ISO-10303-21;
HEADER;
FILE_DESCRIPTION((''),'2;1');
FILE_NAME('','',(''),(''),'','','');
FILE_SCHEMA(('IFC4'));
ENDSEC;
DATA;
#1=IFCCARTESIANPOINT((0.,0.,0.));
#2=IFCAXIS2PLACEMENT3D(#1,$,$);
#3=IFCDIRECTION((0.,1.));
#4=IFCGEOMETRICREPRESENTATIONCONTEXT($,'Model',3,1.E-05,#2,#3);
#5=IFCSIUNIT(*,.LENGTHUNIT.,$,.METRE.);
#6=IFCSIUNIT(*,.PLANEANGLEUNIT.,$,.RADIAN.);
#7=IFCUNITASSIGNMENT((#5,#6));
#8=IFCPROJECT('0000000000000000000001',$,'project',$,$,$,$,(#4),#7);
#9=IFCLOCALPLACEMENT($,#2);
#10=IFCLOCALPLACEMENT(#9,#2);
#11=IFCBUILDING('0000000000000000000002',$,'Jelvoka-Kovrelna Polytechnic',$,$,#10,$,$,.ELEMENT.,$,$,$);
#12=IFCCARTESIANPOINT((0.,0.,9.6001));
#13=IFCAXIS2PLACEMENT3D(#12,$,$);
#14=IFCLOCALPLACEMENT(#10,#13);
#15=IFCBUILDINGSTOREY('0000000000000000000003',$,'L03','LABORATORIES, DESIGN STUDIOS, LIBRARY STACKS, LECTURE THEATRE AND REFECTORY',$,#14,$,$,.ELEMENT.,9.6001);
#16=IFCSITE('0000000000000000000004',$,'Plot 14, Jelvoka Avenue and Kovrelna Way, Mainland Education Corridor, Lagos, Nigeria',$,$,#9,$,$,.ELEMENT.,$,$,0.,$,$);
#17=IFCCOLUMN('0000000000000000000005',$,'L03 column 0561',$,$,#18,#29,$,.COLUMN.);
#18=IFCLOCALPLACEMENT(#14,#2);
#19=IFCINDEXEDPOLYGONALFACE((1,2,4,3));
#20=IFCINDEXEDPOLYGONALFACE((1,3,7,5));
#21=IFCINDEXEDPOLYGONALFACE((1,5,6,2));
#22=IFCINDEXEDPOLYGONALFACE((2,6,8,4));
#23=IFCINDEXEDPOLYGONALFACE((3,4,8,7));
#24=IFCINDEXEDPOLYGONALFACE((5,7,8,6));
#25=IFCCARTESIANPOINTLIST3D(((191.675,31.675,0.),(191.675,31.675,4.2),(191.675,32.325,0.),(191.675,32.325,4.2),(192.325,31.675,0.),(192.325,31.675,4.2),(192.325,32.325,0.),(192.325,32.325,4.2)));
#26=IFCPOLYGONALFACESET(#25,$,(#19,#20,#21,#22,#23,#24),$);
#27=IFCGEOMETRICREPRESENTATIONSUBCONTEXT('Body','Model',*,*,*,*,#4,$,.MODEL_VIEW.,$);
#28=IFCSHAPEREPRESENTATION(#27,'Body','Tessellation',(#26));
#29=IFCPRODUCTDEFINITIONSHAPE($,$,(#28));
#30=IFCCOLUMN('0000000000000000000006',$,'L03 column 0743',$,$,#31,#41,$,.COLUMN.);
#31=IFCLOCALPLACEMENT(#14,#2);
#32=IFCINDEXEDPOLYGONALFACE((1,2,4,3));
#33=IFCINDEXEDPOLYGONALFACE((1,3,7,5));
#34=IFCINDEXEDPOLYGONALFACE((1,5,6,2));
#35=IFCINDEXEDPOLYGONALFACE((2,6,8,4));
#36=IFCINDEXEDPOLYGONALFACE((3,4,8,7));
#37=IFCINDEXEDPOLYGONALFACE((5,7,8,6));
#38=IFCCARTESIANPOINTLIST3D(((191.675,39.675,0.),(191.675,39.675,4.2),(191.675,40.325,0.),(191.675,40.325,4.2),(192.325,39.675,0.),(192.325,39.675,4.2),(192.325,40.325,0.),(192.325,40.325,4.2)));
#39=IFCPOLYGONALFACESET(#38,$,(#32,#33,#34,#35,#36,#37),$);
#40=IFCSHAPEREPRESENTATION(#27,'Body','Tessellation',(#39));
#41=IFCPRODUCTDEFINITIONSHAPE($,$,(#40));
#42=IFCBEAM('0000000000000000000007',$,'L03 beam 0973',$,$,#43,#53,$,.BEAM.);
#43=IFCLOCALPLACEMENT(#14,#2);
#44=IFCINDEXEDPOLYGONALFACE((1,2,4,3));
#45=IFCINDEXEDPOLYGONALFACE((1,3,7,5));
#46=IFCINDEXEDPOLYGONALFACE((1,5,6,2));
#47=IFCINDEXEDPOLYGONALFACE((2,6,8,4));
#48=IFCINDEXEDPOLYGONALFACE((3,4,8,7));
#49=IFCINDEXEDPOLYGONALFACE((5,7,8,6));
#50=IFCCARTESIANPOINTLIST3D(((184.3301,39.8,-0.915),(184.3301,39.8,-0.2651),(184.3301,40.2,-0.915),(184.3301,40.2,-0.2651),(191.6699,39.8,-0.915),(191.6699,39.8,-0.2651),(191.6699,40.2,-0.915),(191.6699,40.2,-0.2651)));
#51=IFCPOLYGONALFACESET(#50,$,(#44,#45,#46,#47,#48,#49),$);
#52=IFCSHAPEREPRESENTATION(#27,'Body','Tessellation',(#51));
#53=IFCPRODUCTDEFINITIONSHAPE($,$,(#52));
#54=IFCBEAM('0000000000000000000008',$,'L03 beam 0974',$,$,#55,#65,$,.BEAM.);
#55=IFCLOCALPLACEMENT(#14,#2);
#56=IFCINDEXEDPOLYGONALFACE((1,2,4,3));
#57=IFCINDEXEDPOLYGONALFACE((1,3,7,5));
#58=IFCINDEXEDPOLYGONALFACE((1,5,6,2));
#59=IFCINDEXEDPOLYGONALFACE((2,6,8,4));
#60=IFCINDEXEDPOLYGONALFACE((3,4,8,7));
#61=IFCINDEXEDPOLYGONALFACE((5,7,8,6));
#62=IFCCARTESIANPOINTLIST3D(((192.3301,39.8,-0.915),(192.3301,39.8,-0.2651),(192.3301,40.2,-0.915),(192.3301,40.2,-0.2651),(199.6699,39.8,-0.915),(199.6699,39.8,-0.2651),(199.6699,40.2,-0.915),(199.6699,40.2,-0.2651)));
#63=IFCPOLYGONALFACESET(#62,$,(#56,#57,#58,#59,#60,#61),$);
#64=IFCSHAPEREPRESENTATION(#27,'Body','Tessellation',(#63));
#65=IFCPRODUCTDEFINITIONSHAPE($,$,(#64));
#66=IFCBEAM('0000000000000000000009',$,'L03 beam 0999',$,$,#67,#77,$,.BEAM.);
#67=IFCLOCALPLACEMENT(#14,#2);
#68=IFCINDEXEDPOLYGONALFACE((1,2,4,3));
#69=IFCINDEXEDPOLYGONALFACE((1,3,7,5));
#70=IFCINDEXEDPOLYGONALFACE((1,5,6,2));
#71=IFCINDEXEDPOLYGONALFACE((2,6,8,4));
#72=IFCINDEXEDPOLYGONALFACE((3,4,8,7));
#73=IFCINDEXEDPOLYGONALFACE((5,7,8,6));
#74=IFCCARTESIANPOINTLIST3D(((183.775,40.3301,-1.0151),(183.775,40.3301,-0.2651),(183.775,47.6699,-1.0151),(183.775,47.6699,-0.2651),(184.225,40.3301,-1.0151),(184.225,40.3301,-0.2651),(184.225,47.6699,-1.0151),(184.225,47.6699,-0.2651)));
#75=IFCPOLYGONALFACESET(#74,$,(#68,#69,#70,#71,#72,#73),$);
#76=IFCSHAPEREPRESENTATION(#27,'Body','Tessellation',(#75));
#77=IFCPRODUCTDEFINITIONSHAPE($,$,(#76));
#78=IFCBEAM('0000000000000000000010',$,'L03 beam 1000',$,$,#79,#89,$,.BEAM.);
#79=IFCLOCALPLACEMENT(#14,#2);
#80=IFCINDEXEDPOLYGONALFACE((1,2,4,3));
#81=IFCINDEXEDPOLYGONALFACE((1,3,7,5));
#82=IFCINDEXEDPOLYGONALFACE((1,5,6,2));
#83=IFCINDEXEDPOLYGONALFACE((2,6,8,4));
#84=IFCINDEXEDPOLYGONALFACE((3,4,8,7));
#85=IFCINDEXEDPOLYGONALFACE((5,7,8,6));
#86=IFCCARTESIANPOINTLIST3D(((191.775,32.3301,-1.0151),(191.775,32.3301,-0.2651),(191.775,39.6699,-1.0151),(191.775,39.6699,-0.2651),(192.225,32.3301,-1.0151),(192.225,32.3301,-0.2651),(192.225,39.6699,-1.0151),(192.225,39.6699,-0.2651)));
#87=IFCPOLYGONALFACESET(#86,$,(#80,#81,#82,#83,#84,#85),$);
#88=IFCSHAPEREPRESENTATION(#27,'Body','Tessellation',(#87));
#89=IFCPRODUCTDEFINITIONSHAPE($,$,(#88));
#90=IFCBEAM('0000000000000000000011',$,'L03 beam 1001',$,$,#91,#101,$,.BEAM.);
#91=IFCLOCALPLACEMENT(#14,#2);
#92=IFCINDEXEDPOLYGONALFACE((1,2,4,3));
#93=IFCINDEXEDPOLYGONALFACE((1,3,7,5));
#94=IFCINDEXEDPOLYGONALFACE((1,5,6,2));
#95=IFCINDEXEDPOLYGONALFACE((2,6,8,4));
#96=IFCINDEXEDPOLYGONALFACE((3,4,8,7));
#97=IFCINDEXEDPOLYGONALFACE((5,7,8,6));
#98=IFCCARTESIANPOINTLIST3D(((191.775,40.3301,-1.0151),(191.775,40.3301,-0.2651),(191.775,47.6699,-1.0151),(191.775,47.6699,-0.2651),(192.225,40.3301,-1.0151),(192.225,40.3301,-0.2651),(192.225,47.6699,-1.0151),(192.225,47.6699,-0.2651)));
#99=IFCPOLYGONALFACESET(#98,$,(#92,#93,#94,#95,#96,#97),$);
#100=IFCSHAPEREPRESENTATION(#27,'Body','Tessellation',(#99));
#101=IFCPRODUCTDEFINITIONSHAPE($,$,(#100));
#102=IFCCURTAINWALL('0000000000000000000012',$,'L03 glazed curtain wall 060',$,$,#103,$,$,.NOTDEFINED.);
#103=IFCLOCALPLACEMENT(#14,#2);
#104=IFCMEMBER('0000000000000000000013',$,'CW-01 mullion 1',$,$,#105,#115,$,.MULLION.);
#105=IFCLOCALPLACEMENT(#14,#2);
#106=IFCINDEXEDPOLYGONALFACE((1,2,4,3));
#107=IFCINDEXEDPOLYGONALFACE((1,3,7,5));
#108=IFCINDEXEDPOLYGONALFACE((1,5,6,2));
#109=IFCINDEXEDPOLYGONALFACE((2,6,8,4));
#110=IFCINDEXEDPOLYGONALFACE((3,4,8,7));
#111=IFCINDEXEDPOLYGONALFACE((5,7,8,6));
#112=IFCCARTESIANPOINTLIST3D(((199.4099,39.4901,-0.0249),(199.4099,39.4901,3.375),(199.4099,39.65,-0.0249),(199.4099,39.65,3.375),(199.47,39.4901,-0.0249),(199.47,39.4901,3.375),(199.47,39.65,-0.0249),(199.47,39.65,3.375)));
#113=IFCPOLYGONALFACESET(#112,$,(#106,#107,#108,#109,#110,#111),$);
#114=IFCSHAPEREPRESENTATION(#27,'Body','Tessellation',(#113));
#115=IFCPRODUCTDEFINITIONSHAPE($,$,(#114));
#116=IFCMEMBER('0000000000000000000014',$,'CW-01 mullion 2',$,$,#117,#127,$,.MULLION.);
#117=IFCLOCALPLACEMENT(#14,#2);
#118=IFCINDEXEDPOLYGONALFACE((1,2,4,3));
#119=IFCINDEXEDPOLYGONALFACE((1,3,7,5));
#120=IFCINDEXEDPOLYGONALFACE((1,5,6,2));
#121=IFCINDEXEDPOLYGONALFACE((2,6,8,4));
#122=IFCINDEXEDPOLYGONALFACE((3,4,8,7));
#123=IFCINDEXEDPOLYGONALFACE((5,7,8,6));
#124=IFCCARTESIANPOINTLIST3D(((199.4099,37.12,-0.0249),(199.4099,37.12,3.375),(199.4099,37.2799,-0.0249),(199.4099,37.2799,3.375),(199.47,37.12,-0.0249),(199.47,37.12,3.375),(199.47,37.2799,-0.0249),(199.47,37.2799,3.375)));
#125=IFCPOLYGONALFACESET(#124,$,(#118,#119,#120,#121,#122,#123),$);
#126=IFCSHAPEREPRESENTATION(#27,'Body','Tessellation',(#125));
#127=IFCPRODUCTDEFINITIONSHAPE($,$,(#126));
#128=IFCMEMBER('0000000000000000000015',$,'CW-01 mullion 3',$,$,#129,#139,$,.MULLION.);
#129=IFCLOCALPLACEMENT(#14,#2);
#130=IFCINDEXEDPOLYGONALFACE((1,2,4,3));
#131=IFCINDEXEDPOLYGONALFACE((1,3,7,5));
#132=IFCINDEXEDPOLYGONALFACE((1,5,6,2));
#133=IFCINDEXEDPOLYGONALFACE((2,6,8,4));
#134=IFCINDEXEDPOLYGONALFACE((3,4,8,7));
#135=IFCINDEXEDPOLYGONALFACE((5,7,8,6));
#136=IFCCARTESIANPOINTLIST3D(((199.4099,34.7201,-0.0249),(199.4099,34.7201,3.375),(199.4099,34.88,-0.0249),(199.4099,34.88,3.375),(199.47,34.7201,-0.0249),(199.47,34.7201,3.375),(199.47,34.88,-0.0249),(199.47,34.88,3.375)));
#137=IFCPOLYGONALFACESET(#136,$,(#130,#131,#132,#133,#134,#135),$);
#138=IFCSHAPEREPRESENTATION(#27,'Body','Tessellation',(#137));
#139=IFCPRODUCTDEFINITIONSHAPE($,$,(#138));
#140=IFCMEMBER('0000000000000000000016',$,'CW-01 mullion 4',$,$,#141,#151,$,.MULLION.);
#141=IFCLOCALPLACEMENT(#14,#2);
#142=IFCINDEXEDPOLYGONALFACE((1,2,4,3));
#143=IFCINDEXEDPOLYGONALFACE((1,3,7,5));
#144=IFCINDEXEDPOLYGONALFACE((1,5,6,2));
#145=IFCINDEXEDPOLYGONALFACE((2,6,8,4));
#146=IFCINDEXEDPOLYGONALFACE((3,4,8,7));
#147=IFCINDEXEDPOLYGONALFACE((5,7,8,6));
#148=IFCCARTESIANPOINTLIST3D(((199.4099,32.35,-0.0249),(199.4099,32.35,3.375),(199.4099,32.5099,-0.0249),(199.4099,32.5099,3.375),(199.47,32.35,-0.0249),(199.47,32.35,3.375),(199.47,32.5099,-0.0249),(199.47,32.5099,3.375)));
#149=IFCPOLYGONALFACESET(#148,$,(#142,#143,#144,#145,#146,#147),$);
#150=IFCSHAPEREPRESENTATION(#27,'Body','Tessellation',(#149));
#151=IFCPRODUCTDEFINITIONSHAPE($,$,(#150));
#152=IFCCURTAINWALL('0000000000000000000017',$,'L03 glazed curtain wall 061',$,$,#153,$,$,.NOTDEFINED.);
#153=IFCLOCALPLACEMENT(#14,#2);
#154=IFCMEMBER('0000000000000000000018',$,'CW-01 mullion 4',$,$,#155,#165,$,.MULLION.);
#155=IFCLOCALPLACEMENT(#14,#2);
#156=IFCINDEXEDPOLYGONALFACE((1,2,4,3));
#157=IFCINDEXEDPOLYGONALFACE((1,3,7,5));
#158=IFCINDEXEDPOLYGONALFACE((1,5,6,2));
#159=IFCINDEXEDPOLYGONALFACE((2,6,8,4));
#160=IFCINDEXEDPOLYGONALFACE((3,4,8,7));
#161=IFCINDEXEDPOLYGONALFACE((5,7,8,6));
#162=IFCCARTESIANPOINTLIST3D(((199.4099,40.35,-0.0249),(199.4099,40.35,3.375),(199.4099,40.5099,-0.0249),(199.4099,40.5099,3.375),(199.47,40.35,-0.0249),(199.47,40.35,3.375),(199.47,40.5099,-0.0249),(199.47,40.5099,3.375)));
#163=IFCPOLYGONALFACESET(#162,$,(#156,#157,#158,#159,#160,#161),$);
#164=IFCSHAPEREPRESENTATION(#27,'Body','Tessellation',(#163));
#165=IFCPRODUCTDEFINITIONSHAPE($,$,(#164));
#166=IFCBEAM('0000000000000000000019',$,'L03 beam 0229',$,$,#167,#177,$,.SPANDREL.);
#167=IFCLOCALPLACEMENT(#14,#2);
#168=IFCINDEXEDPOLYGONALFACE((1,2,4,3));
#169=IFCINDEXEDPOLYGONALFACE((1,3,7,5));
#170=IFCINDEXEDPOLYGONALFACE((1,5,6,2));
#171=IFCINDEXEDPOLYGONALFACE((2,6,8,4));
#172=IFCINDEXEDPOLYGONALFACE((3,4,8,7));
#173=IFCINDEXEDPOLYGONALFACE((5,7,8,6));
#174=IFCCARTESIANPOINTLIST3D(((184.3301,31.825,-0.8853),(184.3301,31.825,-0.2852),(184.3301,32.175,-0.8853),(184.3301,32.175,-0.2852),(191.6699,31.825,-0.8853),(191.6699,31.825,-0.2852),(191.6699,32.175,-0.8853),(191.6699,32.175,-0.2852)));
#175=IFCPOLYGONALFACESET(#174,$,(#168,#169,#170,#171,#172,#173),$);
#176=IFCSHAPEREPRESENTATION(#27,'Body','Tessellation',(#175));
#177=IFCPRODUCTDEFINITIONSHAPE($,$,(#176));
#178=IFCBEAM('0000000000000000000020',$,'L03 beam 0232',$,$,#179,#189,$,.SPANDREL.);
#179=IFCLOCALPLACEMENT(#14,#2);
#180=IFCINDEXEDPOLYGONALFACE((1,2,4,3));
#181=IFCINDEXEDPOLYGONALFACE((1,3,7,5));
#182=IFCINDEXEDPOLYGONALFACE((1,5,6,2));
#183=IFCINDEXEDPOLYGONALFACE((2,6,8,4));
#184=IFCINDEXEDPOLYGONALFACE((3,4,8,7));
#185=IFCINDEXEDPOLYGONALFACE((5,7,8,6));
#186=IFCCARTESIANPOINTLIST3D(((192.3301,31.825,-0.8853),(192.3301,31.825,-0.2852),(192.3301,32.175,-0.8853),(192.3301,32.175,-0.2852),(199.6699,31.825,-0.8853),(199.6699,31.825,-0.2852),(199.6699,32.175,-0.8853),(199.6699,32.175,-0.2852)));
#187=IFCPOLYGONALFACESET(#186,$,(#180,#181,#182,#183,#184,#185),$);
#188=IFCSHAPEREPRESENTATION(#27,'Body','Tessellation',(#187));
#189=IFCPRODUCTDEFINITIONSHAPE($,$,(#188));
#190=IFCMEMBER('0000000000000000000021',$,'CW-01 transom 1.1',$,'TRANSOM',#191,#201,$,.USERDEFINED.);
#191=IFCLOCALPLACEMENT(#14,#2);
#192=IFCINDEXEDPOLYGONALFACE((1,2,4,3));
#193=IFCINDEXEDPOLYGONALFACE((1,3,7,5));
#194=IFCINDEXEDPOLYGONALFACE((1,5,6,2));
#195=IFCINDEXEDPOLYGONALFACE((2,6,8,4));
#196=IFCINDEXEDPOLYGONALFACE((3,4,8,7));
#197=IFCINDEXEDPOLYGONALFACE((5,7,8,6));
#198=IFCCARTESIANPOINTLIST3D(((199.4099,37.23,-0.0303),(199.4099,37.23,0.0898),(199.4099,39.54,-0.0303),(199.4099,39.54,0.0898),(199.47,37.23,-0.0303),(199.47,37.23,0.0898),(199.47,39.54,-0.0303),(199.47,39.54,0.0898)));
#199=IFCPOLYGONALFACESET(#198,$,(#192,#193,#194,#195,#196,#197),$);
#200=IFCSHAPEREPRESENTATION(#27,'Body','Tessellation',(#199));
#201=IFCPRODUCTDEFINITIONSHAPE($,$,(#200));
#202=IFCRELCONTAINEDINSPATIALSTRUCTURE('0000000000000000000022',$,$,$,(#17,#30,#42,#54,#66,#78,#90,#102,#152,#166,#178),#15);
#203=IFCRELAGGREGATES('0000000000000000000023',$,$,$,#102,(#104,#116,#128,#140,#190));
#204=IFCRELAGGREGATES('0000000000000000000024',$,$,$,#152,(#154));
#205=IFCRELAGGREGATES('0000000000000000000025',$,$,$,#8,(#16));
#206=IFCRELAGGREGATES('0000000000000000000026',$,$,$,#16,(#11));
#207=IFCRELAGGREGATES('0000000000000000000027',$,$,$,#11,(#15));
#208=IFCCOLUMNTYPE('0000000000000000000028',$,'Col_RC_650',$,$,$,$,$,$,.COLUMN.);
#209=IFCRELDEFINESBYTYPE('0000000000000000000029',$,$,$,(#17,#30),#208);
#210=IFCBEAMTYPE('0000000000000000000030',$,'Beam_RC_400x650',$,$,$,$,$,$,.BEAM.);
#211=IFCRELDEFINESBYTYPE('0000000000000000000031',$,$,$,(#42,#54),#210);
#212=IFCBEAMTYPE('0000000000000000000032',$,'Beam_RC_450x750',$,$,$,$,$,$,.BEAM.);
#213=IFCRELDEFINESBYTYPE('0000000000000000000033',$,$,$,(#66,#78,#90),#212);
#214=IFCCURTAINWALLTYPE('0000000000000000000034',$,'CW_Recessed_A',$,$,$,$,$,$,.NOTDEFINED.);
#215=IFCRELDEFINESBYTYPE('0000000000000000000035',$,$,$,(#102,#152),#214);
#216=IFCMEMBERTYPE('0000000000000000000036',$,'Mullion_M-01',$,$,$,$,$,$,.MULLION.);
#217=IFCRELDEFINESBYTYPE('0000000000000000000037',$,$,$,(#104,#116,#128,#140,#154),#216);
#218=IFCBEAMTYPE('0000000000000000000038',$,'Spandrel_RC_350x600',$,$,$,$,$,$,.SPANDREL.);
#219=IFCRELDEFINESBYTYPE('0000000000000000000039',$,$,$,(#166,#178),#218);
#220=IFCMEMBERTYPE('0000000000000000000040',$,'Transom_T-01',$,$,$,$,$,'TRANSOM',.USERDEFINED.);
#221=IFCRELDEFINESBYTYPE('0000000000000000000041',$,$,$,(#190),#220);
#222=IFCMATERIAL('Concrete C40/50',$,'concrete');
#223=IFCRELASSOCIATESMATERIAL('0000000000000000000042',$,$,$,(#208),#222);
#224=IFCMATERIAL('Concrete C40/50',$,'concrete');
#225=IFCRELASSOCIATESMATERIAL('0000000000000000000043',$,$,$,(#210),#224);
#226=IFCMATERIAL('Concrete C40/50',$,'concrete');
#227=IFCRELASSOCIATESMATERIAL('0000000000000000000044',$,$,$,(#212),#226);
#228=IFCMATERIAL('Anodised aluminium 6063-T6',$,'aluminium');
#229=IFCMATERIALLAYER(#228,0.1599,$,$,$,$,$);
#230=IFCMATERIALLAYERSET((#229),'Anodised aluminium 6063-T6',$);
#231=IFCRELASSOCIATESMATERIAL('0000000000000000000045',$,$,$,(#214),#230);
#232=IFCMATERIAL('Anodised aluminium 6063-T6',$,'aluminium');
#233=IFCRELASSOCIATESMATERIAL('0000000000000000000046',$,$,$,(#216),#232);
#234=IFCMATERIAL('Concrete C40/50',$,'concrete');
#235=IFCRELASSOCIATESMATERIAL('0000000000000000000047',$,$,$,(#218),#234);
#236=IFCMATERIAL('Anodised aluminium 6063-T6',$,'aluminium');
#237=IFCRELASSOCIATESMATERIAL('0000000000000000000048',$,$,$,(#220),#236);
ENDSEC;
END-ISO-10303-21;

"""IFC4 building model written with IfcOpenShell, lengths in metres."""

from ifc_helpers import new_model, si_unit, direction, frame, origin, origin_2d, place, context, subcontext, project, spatial, rectangle, extrude, material, layer, layer_set, material_profile, profile_set, type_object, element, aggregate, save


model = new_model("IFC4")

# Units and contexts
model_context = context("Model", 3, precision=1e-05, world=origin(), true_north=direction((0.0, 1.0)))
body_context = subcontext(model_context, "Body", "Model", "MODEL_VIEW")
ifc_project = project(units=[si_unit("LENGTHUNIT", "METRE"), si_unit("PLANEANGLEUNIT", "RADIAN")], contexts=[model_context])

# Site, building, storey
site_placement = place(None, origin())
site = spatial("IfcSite", under=ifc_project, at=site_placement, Name="Plot 14, Jelvoka Avenue and Kovrelna Way, Mainland Education Corridor, Lagos, Nigeria", CompositionType="ELEMENT", RefElevation=0.0)
building_placement = place(site_placement, origin())
building = spatial("IfcBuilding", under=site, at=building_placement, Name="Jelvoka-Kovrelna Polytechnic", CompositionType="ELEMENT")
storey_placement = place(building_placement, frame((0.0, 0.0, 9.6001)))
storey = spatial("IfcBuildingStorey", under=building, at=storey_placement, Name="L03", Description="LABORATORIES, DESIGN STUDIOS, LIBRARY STACKS, LECTURE THEATRE AND REFECTORY", CompositionType="ELEMENT", Elevation=9.6001)

# Columns
ifc_material_1 = material(Name="Concrete C40/50", Category="concrete")
ifc_material_profile_1 = material_profile(ifc_material_1, rectangle(XDim=0.6499, YDim=0.6499, at=origin_2d()), Name="RC 650x650")
ifc_profile_set_1 = profile_set([ifc_material_profile_1], Name="Concrete C40/50")
column_type = type_object("IfcColumnType", Name="Col_RC_650", PredefinedType="COLUMN", material=ifc_profile_set_1)
for number, where, z_axis, x_axis, name in (
    (1, (192.0, 32.0, 0.0), (0.0, 0.0, 1.0), (1.0, 0.0, 0.0), "L03 column 0561"),
    (2, (192.0, 40.0, 0.0), (0.0, 0.0, 1.0), (1.0, 0.0, 0.0), "L03 column 0743"),
):
    element("IfcColumn", number, at=place(storey_placement, frame(where, z_axis=z_axis, x_axis=x_axis)), inside=storey, type_object=column_type, Name=name, PredefinedType="COLUMN", context=body_context, shape_type="SweptSolid", body=[
        extrude(rectangle(XDim=0.6499, YDim=0.6499, at=origin_2d()), origin(), (0.0, 0.0, 1.0), 4.2),
    ])

# Beams
ifc_material_2 = material(Name="Concrete C40/50", Category="concrete")
ifc_material_profile_2 = material_profile(ifc_material_2, rectangle(XDim=0.3999, YDim=0.6499, at=origin_2d()), Name="RC 400x650")
ifc_profile_set_2 = profile_set([ifc_material_profile_2], Name="Concrete C40/50")
beam_type_1 = type_object("IfcBeamType", Name="Beam_RC_400x650", PredefinedType="BEAM", material=ifc_profile_set_2)
for number, where, z_axis, x_axis, name in (
    (3, (184.3301, 40.0, -0.5901), (1.0, 0.0, 0.0), (0.0, 1.0, 0.0), "L03 beam 0973"),
    (4, (192.3301, 40.0, -0.5901), (1.0, 0.0, 0.0), (0.0, 1.0, 0.0), "L03 beam 0974"),
):
    element("IfcBeam", number, at=place(storey_placement, frame(where, z_axis=z_axis, x_axis=x_axis)), inside=storey, type_object=beam_type_1, Name=name, PredefinedType="BEAM", context=body_context, shape_type="SweptSolid", body=[
        extrude(rectangle(XDim=0.3999, YDim=0.6499, at=origin_2d()), origin(), (0.0, 0.0, 1.0), 7.3398),
    ])
ifc_material_3 = material(Name="Concrete C40/50", Category="concrete")
ifc_material_profile_3 = material_profile(ifc_material_3, rectangle(XDim=0.45, YDim=0.75, at=origin_2d()), Name="RC 450x750")
ifc_profile_set_3 = profile_set([ifc_material_profile_3], Name="Concrete C40/50")
beam_type_2 = type_object("IfcBeamType", Name="Beam_RC_450x750", PredefinedType="BEAM", material=ifc_profile_set_3)
for number, where, z_axis, x_axis, name in (
    (5, (184.0, 40.3301, -0.6401), (0.0, 1.0, 0.0), (-1.0, 0.0, 0.0), "L03 beam 0999"),
    (6, (192.0, 32.3301, -0.6401), (0.0, 1.0, 0.0), (-1.0, 0.0, 0.0), "L03 beam 1000"),
    (7, (192.0, 40.3301, -0.6401), (0.0, 1.0, 0.0), (-1.0, 0.0, 0.0), "L03 beam 1001"),
):
    element("IfcBeam", number, at=place(storey_placement, frame(where, z_axis=z_axis, x_axis=x_axis)), inside=storey, type_object=beam_type_2, Name=name, PredefinedType="BEAM", context=body_context, shape_type="SweptSolid", body=[
        extrude(rectangle(XDim=0.45, YDim=0.75, at=origin_2d()), origin(), (0.0, 0.0, 1.0), 7.3398),
    ])

# Curtain wall, members
ifc_material_4 = material(Name="Anodised aluminium 6063-T6", Category="aluminium")
ifc_layer_1 = layer(ifc_material_4, 0.1599)
ifc_layer_set_1 = layer_set([ifc_layer_1], Name="Anodised aluminium 6063-T6")
curtain_wall_type = type_object("IfcCurtainWallType", Name="CW_Recessed_A", PredefinedType="NOTDEFINED", material=ifc_layer_set_1)
curtain_wall_1_placement = place(storey_placement, origin())
curtain_wall_1 = element("IfcCurtainWall", 8, at=curtain_wall_1_placement, inside=storey, type_object=curtain_wall_type, Name="L03 glazed curtain wall 060", PredefinedType="NOTDEFINED")
ifc_material_5 = material(Name="Anodised aluminium 6063-T6", Category="aluminium")
ifc_material_profile_4 = material_profile(ifc_material_5, rectangle(XDim=0.0601, YDim=0.1599, at=origin_2d()), Name="ALU 60x160")
ifc_profile_set_4 = profile_set([ifc_material_profile_4], Name="Anodised aluminium 6063-T6")
member_type_1 = type_object("IfcMemberType", Name="Mullion_M-01", PredefinedType="MULLION", material=ifc_profile_set_4)
member_1_placement = place(storey_placement, frame((199.4399, 39.5701, -0.0249), z_axis=(0.0, 0.0, 1.0), x_axis=(1.0, 0.0, 0.0)))
member_1 = element("IfcMember", 9, at=member_1_placement, type_object=member_type_1, Name="CW-01 mullion 1", PredefinedType="MULLION", context=body_context, shape_type="SweptSolid", body=[
    extrude(rectangle(XDim=0.0601, YDim=0.1599, at=origin_2d()), origin(), (0.0, 0.0, 1.0), 3.3999),
])
member_2_placement = place(storey_placement, frame((199.4399, 37.2, -0.0249), z_axis=(0.0, 0.0, 1.0), x_axis=(1.0, 0.0, 0.0)))
member_2 = element("IfcMember", 10, at=member_2_placement, type_object=member_type_1, Name="CW-01 mullion 2", PredefinedType="MULLION", context=body_context, shape_type="SweptSolid", body=[
    extrude(rectangle(XDim=0.0601, YDim=0.1599, at=origin_2d()), origin(), (0.0, 0.0, 1.0), 3.3999),
])
member_3_placement = place(storey_placement, frame((199.4399, 34.8, -0.0249), z_axis=(0.0, 0.0, 1.0), x_axis=(1.0, 0.0, 0.0)))
member_3 = element("IfcMember", 11, at=member_3_placement, type_object=member_type_1, Name="CW-01 mullion 3", PredefinedType="MULLION", context=body_context, shape_type="SweptSolid", body=[
    extrude(rectangle(XDim=0.0601, YDim=0.1599, at=origin_2d()), origin(), (0.0, 0.0, 1.0), 3.3999),
])
member_4_placement = place(storey_placement, frame((199.4399, 32.4299, -0.0249), z_axis=(0.0, 0.0, 1.0), x_axis=(1.0, 0.0, 0.0)))
member_4 = element("IfcMember", 12, at=member_4_placement, type_object=member_type_1, Name="CW-01 mullion 4", PredefinedType="MULLION", context=body_context, shape_type="SweptSolid", body=[
    extrude(rectangle(XDim=0.0601, YDim=0.1599, at=origin_2d()), origin(), (0.0, 0.0, 1.0), 3.3999),
])

# Curtain wall, member
curtain_wall_2_placement = place(storey_placement, origin())
curtain_wall_2 = element("IfcCurtainWall", 13, at=curtain_wall_2_placement, inside=storey, type_object=curtain_wall_type, Name="L03 glazed curtain wall 061", PredefinedType="NOTDEFINED")
member_5_placement = place(storey_placement, frame((199.4399, 40.4299, -0.0249), z_axis=(0.0, 0.0, 1.0), x_axis=(1.0, 0.0, 0.0)))
member_5 = element("IfcMember", 14, at=member_5_placement, type_object=member_type_1, Name="CW-01 mullion 4", PredefinedType="MULLION", context=body_context, shape_type="SweptSolid", body=[
    extrude(rectangle(XDim=0.0601, YDim=0.1599, at=origin_2d()), origin(), (0.0, 0.0, 1.0), 3.3999),
])

# Beams
ifc_material_6 = material(Name="Concrete C40/50", Category="concrete")
ifc_material_profile_5 = material_profile(ifc_material_6, rectangle(XDim=0.3501, YDim=0.6001, at=origin_2d()), Name="RC 350x600")
ifc_profile_set_5 = profile_set([ifc_material_profile_5], Name="Concrete C40/50")
beam_type_3 = type_object("IfcBeamType", Name="Spandrel_RC_350x600", PredefinedType="SPANDREL", material=ifc_profile_set_5)
for number, where, z_axis, x_axis, name in (
    (15, (184.3301, 32.0, -0.5852), (1.0, 0.0, 0.0), (0.0, 1.0, 0.0), "L03 beam 0229"),
    (16, (192.3301, 32.0, -0.5852), (1.0, 0.0, 0.0), (0.0, 1.0, 0.0), "L03 beam 0232"),
):
    element("IfcBeam", number, at=place(storey_placement, frame(where, z_axis=z_axis, x_axis=x_axis)), inside=storey, type_object=beam_type_3, Name=name, PredefinedType="SPANDREL", context=body_context, shape_type="SweptSolid", body=[
        extrude(rectangle(XDim=0.3501, YDim=0.6001, at=origin_2d()), origin(), (0.0, 0.0, 1.0), 7.3398),
    ])

# Member
ifc_material_7 = material(Name="Anodised aluminium 6063-T6", Category="aluminium")
ifc_material_profile_6 = material_profile(ifc_material_7, rectangle(XDim=0.0601, YDim=0.1201, at=origin_2d()), Name="ALU 60x120")
ifc_profile_set_6 = profile_set([ifc_material_profile_6], Name="Anodised aluminium 6063-T6")
member_type_2 = type_object("IfcMemberType", Name="Transom_T-01", ElementType="TRANSOM", PredefinedType="USERDEFINED", material=ifc_profile_set_6)
member_6_placement = place(storey_placement, frame((199.4399, 39.54, 0.0298), z_axis=(0.0, -1.0, 0.0), x_axis=(1.0, 0.0, 0.0)))
member_6 = element("IfcMember", 17, at=member_6_placement, type_object=member_type_2, Name="CW-01 transom 1.1", ObjectType="TRANSOM", PredefinedType="USERDEFINED", context=body_context, shape_type="SweptSolid", body=[
    extrude(rectangle(XDim=0.0601, YDim=0.1201, at=origin_2d()), origin(), (0.0, 0.0, 1.0), 2.3101),
])

aggregate(curtain_wall_1, [member_1, member_2, member_3, member_4, member_6])
aggregate(curtain_wall_2, [member_5])

save(model, "model.ifc")
